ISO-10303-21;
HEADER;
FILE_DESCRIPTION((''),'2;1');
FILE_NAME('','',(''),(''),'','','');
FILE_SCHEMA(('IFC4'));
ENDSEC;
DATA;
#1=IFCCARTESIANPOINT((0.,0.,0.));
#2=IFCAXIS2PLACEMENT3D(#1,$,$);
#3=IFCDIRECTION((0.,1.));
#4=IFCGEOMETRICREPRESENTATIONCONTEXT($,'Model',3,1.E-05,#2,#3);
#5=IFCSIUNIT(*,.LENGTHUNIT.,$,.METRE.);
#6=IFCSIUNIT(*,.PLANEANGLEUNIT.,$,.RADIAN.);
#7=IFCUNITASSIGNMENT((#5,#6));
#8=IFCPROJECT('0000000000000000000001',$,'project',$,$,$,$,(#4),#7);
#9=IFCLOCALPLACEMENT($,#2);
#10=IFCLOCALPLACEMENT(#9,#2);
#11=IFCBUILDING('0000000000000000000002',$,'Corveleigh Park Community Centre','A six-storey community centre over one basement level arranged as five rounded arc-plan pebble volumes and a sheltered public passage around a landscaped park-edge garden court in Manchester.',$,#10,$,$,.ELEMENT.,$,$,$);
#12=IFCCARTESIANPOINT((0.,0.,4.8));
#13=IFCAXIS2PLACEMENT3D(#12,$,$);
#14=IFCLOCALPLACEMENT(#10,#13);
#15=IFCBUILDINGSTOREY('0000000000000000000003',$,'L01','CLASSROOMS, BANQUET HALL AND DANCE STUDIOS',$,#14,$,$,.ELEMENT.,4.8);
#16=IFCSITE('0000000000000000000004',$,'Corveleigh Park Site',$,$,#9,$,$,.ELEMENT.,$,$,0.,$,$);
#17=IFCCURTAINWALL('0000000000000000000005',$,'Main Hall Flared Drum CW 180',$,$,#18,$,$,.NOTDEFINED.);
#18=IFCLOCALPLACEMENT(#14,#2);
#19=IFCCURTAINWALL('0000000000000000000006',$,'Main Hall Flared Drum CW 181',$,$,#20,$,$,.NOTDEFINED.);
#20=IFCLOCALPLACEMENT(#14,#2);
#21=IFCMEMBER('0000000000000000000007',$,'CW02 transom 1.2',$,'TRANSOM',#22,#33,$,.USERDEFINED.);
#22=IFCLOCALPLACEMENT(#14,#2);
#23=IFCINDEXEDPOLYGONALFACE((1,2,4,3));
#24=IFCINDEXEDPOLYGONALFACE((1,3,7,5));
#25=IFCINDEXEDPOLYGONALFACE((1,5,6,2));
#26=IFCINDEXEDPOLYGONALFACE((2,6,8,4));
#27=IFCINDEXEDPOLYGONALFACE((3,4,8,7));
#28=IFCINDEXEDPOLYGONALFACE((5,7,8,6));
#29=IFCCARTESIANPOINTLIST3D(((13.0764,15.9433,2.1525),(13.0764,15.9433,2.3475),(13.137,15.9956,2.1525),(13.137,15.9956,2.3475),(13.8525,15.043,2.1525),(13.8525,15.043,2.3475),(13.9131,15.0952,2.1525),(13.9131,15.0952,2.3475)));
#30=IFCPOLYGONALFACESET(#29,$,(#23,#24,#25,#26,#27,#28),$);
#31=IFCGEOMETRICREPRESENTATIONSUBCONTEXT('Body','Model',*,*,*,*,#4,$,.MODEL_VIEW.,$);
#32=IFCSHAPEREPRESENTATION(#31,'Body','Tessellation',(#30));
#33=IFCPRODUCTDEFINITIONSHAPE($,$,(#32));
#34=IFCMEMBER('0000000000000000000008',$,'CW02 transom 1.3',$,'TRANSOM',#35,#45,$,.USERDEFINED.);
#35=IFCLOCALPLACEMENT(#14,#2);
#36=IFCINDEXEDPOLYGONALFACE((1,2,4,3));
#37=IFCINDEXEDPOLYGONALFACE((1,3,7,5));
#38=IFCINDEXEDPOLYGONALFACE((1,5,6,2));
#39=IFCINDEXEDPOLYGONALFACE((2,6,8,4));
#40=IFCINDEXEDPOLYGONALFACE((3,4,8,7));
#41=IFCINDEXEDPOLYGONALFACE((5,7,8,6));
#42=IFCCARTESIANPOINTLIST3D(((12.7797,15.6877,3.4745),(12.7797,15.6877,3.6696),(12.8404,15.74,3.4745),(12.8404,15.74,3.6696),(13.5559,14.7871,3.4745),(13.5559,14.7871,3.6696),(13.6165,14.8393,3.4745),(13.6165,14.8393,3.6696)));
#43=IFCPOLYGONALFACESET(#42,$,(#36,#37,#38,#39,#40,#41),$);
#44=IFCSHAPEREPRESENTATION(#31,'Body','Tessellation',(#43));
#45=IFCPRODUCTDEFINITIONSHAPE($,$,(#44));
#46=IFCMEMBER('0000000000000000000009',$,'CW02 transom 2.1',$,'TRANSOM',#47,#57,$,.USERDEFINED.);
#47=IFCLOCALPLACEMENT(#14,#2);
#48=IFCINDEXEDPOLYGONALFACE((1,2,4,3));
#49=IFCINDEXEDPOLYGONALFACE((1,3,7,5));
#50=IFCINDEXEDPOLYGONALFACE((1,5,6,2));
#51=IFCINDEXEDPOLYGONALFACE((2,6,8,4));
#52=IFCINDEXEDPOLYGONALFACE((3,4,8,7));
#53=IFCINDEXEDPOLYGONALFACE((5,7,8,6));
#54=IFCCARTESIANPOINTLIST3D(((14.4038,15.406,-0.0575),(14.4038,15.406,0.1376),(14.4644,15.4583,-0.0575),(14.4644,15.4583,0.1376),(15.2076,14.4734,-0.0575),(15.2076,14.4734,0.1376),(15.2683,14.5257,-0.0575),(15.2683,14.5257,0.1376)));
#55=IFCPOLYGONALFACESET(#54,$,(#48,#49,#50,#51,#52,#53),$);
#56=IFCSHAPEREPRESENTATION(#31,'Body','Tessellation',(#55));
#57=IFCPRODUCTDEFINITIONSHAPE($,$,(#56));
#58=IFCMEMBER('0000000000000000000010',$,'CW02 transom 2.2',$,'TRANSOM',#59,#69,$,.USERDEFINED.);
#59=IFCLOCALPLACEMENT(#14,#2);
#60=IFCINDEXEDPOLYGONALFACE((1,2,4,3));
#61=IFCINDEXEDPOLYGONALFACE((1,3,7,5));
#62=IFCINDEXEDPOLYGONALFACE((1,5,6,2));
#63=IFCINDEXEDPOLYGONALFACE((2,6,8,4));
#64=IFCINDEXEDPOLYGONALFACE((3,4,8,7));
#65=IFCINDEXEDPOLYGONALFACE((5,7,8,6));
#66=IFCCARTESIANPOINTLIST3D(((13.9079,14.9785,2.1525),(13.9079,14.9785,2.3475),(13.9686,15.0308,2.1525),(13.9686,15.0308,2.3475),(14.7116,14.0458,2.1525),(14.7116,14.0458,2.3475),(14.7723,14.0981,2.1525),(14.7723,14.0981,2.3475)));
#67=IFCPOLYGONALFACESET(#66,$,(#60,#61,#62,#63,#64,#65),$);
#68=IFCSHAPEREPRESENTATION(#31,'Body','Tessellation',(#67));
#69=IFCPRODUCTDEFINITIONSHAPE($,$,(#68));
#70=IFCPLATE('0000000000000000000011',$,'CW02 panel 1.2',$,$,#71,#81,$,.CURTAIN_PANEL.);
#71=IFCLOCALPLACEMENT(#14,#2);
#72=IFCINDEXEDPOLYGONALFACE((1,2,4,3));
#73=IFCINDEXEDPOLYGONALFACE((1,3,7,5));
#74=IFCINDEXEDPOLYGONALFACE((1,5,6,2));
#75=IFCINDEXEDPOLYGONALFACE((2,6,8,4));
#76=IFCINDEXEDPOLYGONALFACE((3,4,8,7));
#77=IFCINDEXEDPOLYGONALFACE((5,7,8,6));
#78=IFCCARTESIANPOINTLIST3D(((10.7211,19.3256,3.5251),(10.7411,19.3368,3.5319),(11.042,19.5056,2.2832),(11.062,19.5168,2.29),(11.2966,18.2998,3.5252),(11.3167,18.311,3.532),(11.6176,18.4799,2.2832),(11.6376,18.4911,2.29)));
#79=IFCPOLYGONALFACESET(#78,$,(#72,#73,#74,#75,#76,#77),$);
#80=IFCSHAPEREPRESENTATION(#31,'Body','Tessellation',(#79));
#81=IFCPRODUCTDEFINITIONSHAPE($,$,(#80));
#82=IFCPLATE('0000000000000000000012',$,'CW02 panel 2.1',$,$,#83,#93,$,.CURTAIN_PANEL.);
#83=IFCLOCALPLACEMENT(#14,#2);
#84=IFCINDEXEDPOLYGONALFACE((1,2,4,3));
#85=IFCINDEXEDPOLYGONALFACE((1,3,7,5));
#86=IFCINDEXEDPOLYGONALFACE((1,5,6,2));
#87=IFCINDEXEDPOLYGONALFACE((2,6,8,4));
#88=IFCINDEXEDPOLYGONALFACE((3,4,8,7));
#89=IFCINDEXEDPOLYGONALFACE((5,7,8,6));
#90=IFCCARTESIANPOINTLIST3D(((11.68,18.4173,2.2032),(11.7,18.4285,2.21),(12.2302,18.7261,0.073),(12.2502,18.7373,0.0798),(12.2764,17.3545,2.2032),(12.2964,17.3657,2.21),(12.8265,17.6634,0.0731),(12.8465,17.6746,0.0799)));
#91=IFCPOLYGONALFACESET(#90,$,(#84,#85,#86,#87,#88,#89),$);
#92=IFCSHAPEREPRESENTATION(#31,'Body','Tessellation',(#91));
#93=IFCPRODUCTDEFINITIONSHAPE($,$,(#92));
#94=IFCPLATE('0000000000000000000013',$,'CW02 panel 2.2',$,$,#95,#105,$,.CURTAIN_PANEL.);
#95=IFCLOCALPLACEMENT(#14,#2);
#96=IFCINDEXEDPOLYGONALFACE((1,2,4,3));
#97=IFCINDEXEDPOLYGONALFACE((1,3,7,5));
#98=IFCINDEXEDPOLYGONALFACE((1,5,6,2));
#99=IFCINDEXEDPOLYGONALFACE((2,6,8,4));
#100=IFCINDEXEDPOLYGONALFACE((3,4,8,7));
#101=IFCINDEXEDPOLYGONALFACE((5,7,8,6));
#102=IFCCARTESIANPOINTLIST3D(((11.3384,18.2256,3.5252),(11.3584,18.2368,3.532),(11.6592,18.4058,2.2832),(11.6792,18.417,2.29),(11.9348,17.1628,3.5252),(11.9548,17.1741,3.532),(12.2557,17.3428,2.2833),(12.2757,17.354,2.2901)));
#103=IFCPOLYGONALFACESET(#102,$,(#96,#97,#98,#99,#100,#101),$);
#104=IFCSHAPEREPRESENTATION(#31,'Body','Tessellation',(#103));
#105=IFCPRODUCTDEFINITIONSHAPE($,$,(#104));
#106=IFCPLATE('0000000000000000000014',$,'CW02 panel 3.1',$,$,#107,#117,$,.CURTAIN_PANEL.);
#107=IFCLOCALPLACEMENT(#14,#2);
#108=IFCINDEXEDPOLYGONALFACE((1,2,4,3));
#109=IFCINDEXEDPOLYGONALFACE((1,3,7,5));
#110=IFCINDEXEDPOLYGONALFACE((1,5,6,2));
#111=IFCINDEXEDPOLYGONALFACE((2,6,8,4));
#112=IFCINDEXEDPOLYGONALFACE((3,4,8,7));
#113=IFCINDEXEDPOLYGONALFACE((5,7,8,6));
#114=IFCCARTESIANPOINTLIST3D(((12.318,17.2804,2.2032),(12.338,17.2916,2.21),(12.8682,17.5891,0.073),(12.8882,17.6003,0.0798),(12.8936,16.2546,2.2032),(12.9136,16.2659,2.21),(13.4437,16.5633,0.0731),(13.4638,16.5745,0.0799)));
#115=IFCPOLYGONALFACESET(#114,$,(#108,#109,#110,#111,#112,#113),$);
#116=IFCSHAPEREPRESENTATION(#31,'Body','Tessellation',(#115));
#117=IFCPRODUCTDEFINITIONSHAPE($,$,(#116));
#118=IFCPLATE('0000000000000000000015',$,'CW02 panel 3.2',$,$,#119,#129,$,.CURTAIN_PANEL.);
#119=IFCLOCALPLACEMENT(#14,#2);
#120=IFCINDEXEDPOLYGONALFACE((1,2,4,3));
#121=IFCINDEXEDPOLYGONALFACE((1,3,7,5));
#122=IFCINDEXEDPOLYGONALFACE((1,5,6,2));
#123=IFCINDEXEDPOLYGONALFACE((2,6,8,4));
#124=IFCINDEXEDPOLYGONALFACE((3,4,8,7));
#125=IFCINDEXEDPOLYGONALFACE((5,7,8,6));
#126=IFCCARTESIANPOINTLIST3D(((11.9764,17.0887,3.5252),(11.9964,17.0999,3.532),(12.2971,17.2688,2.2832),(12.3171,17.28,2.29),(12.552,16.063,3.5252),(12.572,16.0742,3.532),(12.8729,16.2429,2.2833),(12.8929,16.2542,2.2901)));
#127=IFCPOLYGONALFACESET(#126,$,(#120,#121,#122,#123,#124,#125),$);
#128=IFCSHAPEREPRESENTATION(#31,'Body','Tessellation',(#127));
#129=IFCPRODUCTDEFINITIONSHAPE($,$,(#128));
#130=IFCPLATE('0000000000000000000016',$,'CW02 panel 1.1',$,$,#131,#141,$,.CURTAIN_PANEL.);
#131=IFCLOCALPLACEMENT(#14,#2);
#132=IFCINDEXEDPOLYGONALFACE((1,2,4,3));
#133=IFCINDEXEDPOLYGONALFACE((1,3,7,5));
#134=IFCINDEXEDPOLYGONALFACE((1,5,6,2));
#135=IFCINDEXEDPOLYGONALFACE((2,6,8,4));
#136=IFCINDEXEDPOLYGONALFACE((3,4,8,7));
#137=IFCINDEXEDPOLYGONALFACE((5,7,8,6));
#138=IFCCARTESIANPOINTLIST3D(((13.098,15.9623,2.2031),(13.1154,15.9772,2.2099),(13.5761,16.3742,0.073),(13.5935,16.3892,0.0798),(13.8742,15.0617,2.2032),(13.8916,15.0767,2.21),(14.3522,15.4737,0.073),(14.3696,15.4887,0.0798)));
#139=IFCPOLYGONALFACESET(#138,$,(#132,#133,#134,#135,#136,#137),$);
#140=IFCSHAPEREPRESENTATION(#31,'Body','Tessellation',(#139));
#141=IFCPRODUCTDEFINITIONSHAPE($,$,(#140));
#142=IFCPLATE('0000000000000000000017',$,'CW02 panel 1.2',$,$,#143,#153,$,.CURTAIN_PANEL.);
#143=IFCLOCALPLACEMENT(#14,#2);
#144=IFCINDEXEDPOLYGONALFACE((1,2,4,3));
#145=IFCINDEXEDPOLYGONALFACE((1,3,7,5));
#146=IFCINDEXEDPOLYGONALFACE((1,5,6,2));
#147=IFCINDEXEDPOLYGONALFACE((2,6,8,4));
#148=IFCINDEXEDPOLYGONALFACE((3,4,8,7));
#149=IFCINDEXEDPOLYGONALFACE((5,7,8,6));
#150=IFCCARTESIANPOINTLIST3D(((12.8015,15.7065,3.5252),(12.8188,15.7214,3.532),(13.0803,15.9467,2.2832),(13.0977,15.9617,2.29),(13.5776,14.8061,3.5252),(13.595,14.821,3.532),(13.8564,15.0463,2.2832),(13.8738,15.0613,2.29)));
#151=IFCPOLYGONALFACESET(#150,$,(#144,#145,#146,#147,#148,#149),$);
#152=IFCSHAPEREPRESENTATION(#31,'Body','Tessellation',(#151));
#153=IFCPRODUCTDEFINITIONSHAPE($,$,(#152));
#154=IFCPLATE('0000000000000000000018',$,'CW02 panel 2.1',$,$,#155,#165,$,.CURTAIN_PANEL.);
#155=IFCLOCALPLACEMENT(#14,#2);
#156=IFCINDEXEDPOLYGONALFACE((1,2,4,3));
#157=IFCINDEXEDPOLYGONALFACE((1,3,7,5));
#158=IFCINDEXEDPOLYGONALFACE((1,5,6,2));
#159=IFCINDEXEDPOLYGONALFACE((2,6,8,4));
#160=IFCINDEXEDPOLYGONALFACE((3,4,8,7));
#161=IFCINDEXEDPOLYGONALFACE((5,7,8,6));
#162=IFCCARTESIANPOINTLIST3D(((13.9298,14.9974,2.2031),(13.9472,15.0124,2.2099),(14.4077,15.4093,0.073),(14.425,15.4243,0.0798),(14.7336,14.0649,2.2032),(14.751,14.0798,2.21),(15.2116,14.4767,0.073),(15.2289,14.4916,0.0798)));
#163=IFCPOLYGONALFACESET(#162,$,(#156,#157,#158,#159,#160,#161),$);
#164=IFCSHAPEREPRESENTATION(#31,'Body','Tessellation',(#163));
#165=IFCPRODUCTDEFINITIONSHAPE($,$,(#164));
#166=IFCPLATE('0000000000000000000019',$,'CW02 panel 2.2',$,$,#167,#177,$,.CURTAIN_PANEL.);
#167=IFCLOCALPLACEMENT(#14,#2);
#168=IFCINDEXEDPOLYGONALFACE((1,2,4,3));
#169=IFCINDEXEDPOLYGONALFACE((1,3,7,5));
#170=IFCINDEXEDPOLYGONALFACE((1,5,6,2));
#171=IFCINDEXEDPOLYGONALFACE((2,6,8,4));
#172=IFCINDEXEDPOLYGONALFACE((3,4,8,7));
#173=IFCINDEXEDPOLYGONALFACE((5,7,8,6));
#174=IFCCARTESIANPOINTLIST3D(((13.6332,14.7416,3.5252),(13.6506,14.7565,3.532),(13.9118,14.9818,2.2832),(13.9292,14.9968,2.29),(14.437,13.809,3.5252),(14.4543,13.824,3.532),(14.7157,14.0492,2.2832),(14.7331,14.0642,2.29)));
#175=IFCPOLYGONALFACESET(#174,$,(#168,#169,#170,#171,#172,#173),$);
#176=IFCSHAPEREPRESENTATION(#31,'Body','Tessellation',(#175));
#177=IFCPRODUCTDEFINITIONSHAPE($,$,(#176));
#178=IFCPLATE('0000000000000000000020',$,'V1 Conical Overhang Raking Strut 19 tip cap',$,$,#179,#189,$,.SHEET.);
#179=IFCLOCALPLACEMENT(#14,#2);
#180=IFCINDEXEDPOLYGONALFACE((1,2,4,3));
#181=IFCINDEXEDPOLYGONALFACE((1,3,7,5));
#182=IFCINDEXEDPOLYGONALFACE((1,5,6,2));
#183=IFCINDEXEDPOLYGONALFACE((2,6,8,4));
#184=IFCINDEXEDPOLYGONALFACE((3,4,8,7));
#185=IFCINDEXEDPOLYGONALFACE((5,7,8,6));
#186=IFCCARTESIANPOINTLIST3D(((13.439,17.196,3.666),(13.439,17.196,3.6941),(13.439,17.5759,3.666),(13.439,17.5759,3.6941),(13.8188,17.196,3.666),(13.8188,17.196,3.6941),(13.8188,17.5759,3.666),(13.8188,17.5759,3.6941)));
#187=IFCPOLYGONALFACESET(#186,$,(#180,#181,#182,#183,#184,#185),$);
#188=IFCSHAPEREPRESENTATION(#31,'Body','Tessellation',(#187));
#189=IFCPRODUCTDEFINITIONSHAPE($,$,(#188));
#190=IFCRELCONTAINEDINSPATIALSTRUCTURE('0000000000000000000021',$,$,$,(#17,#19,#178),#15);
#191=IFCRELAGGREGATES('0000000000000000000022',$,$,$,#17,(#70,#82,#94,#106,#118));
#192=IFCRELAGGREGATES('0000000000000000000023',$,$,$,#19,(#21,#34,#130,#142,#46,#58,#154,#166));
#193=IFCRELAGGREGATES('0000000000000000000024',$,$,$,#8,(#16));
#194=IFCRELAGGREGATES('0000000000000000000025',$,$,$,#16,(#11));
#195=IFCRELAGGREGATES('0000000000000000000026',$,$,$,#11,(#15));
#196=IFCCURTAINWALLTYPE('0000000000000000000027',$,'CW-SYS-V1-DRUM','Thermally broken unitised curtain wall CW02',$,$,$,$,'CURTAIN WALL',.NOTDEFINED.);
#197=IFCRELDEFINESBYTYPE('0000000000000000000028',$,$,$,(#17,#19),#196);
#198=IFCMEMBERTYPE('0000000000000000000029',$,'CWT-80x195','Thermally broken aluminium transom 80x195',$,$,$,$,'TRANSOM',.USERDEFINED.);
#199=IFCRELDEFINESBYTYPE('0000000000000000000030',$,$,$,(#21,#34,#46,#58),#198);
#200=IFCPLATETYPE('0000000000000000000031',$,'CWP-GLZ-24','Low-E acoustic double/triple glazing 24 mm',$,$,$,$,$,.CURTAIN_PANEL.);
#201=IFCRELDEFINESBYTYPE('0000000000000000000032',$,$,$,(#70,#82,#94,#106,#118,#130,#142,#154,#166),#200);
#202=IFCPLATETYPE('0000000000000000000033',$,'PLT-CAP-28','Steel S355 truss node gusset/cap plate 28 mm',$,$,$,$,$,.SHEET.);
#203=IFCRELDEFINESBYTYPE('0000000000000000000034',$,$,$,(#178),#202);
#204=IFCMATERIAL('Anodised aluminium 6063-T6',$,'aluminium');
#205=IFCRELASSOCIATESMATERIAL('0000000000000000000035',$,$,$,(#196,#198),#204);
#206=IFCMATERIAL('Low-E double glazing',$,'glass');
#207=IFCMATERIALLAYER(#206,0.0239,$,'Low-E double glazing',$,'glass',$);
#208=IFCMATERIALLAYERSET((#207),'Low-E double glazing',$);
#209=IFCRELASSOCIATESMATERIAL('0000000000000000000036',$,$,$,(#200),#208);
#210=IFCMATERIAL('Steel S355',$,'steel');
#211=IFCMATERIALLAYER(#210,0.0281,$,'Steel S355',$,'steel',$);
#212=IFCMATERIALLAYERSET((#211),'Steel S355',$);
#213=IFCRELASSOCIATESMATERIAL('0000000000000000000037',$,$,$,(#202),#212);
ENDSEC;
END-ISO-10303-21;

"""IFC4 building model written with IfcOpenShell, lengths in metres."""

from ifc_helpers import new_model, si_unit, direction, frame, origin, origin_2d, place, context, subcontext, project, spatial, polyline, rectangle, outline, extrude, material, layer, layer_set, material_profile, profile_set, type_object, element, aggregate, save


model = new_model("IFC4")

# Units and contexts
model_context = context("Model", 3, precision=1e-05, world=origin(), true_north=direction((0.0, 1.0)))
body_context = subcontext(model_context, "Body", "Model", "MODEL_VIEW")
ifc_project = project(units=[si_unit("LENGTHUNIT", "METRE"), si_unit("PLANEANGLEUNIT", "RADIAN")], contexts=[model_context])

# Site, building, storey
site_placement = place(None, origin())
site = spatial("IfcSite", under=ifc_project, at=site_placement, Name="Corveleigh Park Site", CompositionType="ELEMENT", RefElevation=0.0)
building_placement = place(site_placement, origin())
building = spatial("IfcBuilding", under=site, at=building_placement, Name="Corveleigh Park Community Centre", Description="A six-storey community centre over one basement level arranged as five rounded arc-plan pebble volumes and a sheltered public passage around a landscaped park-edge garden court in Manchester.", CompositionType="ELEMENT")
storey_placement = place(building_placement, frame((0.0, 0.0, 4.8)))
storey = spatial("IfcBuildingStorey", under=building, at=storey_placement, Name="L01", Description="CLASSROOMS, BANQUET HALL AND DANCE STUDIOS", CompositionType="ELEMENT", Elevation=4.8)

# Curtain walls
ifc_material_1 = material(Name="Anodised aluminium 6063-T6", Category="aluminium")
curtain_wall_type = type_object("IfcCurtainWallType", Name="CW-SYS-V1-DRUM", Description="Thermally broken unitised curtain wall CW02", ElementType="CURTAIN WALL", PredefinedType="NOTDEFINED", material=ifc_material_1)
curtain_wall_1_placement = place(storey_placement, origin())
curtain_wall_1 = element("IfcCurtainWall", 1, at=curtain_wall_1_placement, inside=storey, type_object=curtain_wall_type, Name="Main Hall Flared Drum CW 180", PredefinedType="NOTDEFINED")
curtain_wall_2_placement = place(storey_placement, origin())
curtain_wall_2 = element("IfcCurtainWall", 2, at=curtain_wall_2_placement, inside=storey, type_object=curtain_wall_type, Name="Main Hall Flared Drum CW 181", PredefinedType="NOTDEFINED")

# Members
ifc_material_profile_1 = material_profile(ifc_material_1, rectangle(XDim=0.0801, YDim=0.1951, at=origin_2d()), Name="ALU-T80x195", Category="aluminium")
ifc_profile_set_1 = profile_set([ifc_material_profile_1], Name="Anodised aluminium 6063-T6")
member_type_1 = type_object("IfcMemberType", Name="CWT-80x195", Description="Thermally broken aluminium transom 80x195", ElementType="TRANSOM", PredefinedType="USERDEFINED", material=ifc_profile_set_1)
member_1_placement = place(storey_placement, frame((13.1067, 15.9695, 2.25), z_axis=(0.652903, -0.757441, 0.0), x_axis=(0.757441, 0.652903, 0.0)))
member_1 = element("IfcMember", 3, at=member_1_placement, type_object=member_type_1, Name="CW02 transom 1.2", ObjectType="TRANSOM", PredefinedType="USERDEFINED", context=body_context, shape_type="SweptSolid", body=[
    extrude(rectangle(XDim=0.0801, YDim=0.1951, at=origin_2d()), origin(), (0.0, 0.0, 1.0), 1.1887),
])
member_2_placement = place(storey_placement, frame((12.8101, 15.7139, 3.572), z_axis=(0.652801, -0.757529, 0.0), x_axis=(0.757529, 0.652801, 0.0)))
member_2 = element("IfcMember", 4, at=member_2_placement, type_object=member_type_1, Name="CW02 transom 1.3", ObjectType="TRANSOM", PredefinedType="USERDEFINED", context=body_context, shape_type="SweptSolid", body=[
    extrude(rectangle(XDim=0.0801, YDim=0.1951, at=origin_2d()), origin(), (0.0, 0.0, 1.0), 1.189),
])
member_3_placement = place(storey_placement, frame((14.4341, 15.4321, 0.04), z_axis=(0.652928, -0.75742, 0.0), x_axis=(0.75742, 0.652928, 0.0)))
member_3 = element("IfcMember", 5, at=member_3_placement, type_object=member_type_1, Name="CW02 transom 2.1", ObjectType="TRANSOM", PredefinedType="USERDEFINED", context=body_context, shape_type="SweptSolid", body=[
    extrude(rectangle(XDim=0.0801, YDim=0.1951, at=origin_2d()), origin(), (0.0, 0.0, 1.0), 1.2312),
])
member_4_placement = place(storey_placement, frame((13.9382, 15.0046, 2.25), z_axis=(0.652814, -0.757518, 0.0), x_axis=(0.757518, 0.652814, 0.0)))
member_4 = element("IfcMember", 6, at=member_4_placement, type_object=member_type_1, Name="CW02 transom 2.2", ObjectType="TRANSOM", PredefinedType="USERDEFINED", context=body_context, shape_type="SweptSolid", body=[
    extrude(rectangle(XDim=0.0801, YDim=0.1951, at=origin_2d()), origin(), (0.0, 0.0, 1.0), 1.2312),
])

# Plates
ifc_material_2 = material(Name="Low-E double glazing", Category="glass")
ifc_layer_1 = layer(ifc_material_2, 0.0239, Name="Low-E double glazing", Category="glass")
ifc_layer_set_1 = layer_set([ifc_layer_1], Name="Low-E double glazing")
plate_type_1 = type_object("IfcPlateType", Name="CWP-GLZ-24", Description="Low-E acoustic double/triple glazing 24 mm", PredefinedType="CURTAIN_PANEL", material=ifc_layer_set_1)
plate_1_placement = place(storey_placement, frame((11.062, 19.5168, 2.29), z_axis=(0.836162, 0.469178, 0.284088), x_axis=(0.489349, -0.872088, -0.000038)))
plate_1 = element("IfcPlate", 7, at=plate_1_placement, type_object=plate_type_1, Name="CW02 panel 1.2", PredefinedType="CURTAIN_PANEL", context=body_context, shape_type="SweptSolid", body=[
    extrude(outline(polyline([(0.0, 0.0), (1.1762, 0.0), (1.1761, -1.2954), (-0.0001, -1.2953), (0.0, 0.0)])), origin(), (0.0, 0.0, -1.0), 0.0239),
])
plate_2_placement = place(storey_placement, frame((12.2502, 18.7373, 0.0798), z_axis=(0.836186, 0.46919, 0.283997), x_axis=(0.489332, -0.872097, 0.000024)))
plate_2 = element("IfcPlate", 8, at=plate_2_placement, type_object=plate_type_1, Name="CW02 panel 2.1", PredefinedType="CURTAIN_PANEL", context=body_context, shape_type="SweptSolid", body=[
    extrude(outline(polyline([(0.0, 0.0), (1.2186, 0.0), (1.2188, -2.2216), (0.0001, -2.2216), (0.0, 0.0)])), origin(), (0.0, 0.0, -1.0), 0.0239),
])
plate_3_placement = place(storey_placement, frame((11.6792, 18.417, 2.29), z_axis=(0.836164, 0.46922, 0.284012), x_axis=(0.489368, -0.872077, 0.000013)))
plate_3 = element("IfcPlate", 9, at=plate_3_placement, type_object=plate_type_1, Name="CW02 panel 2.2", PredefinedType="CURTAIN_PANEL", context=body_context, shape_type="SweptSolid", body=[
    extrude(outline(polyline([(0.0, 0.0), (1.2189, 0.0), (1.2188, -1.2953), (0.0002, -1.2953), (0.0, 0.0)])), origin(), (0.0, 0.0, -1.0), 0.0239),
])
plate_4_placement = place(storey_placement, frame((12.8882, 17.6003, 0.0798), z_axis=(0.836192, 0.469195, 0.283972), x_axis=(0.48933, -0.872099, 0.000038)))
plate_4 = element("IfcPlate", 10, at=plate_4_placement, type_object=plate_type_1, Name="CW02 panel 3.1", PredefinedType="CURTAIN_PANEL", context=body_context, shape_type="SweptSolid", body=[
    extrude(outline(polyline([(0.0, 0.0), (1.1762, 0.0), (1.1763, -2.2215), (0.0001, -2.2216), (0.0, 0.0)])), origin(), (0.0, 0.0, -1.0), 0.0239),
])
plate_5_placement = place(storey_placement, frame((12.3171, 17.28, 2.29), z_axis=(0.836139, 0.469265, 0.284012), x_axis=(0.489415, -0.872051, 0.000014)))
plate_5 = element("IfcPlate", 11, at=plate_5_placement, type_object=plate_type_1, Name="CW02 panel 3.2", PredefinedType="CURTAIN_PANEL", context=body_context, shape_type="SweptSolid", body=[
    extrude(outline(polyline([(0.0, 0.0), (1.1764, 0.0), (1.1763, -1.2953), (0.0001, -1.2953), (0.0, 0.0)])), origin(), (0.0, 0.0, -1.0), 0.0239),
])
aggregate(curtain_wall_1, [plate_1, plate_2, plate_3, plate_4, plate_5])
plate_6_placement = place(storey_placement, frame((13.5935, 16.3892, 0.0798), z_axis=(0.726283, 0.62596, 0.284054), x_axis=(0.652856, -0.757482, -0.000018)))
plate_6 = element("IfcPlate", 12, at=plate_6_placement, type_object=plate_type_1, Name="CW02 panel 1.1", PredefinedType="CURTAIN_PANEL", context=body_context, shape_type="SweptSolid", body=[
    extrude(outline(polyline([(0.0, 0.0), (1.1887, 0.0), (1.1888, -2.2217), (-0.0001, -2.2216), (0.0, 0.0)])), origin(), (0.0, 0.0, -1.0), 0.0239),
])
plate_7_placement = place(storey_placement, frame((13.0977, 15.9617, 2.29), z_axis=(0.726226, 0.625996, 0.284122), x_axis=(0.652903, -0.757441, 0.0)))
plate_7 = element("IfcPlate", 13, at=plate_7_placement, type_object=plate_type_1, Name="CW02 panel 1.2", PredefinedType="CURTAIN_PANEL", context=body_context, shape_type="SweptSolid", body=[
    extrude(outline(polyline([(0.0, 0.0), (1.1887, 0.0), (1.1887, -1.2953), (-0.0001, -1.2953), (0.0, 0.0)])), origin(), (0.0, 0.0, -1.0), 0.0239),
])
plate_8_placement = place(storey_placement, frame((14.425, 15.4243, 0.0798), z_axis=(0.726284, 0.625992, 0.283983), x_axis=(0.652876, -0.757465, -0.00002)))
plate_8 = element("IfcPlate", 14, at=plate_8_placement, type_object=plate_type_1, Name="CW02 panel 2.1", PredefinedType="CURTAIN_PANEL", context=body_context, shape_type="SweptSolid", body=[
    extrude(outline(polyline([(0.0, 0.0), (1.2313, 0.0), (1.2311, -2.2216), (0.0, -2.2216), (0.0, 0.0)])), origin(), (0.0, 0.0, -1.0), 0.0239),
])
plate_9_placement = place(storey_placement, frame((13.9292, 14.9968, 2.29), z_axis=(0.726267, 0.625978, 0.284057), x_axis=(0.652876, -0.757465, -0.00002)))
plate_9 = element("IfcPlate", 15, at=plate_9_placement, type_object=plate_type_1, Name="CW02 panel 2.2", PredefinedType="CURTAIN_PANEL", context=body_context, shape_type="SweptSolid", body=[
    extrude(outline(polyline([(0.0, 0.0), (1.2313, 0.0), (1.2312, -1.2953), (0.0001, -1.2953), (0.0, 0.0)])), origin(), (0.0, 0.0, -1.0), 0.0239),
])
aggregate(curtain_wall_2, [member_1, member_2, plate_6, plate_7, member_3, member_4, plate_8, plate_9])
ifc_material_3 = material(Name="Steel S355", Category="steel")
ifc_layer_2 = layer(ifc_material_3, 0.0281, Name="Steel S355", Category="steel")
ifc_layer_set_2 = layer_set([ifc_layer_2], Name="Steel S355")
plate_type_2 = type_object("IfcPlateType", Name="PLT-CAP-28", Description="Steel S355 truss node gusset/cap plate 28 mm", PredefinedType="SHEET", material=ifc_layer_set_2)
plate_10_placement = place(storey_placement, frame((13.6289, 17.386, 3.666), z_axis=(0.0, 0.0, 1.0), x_axis=(1.0, 0.0, 0.0)))
element("IfcPlate", 16, at=plate_10_placement, inside=storey, type_object=plate_type_2, Name="V1 Conical Overhang Raking Strut 19 tip cap", PredefinedType="SHEET", context=body_context, shape_type="SweptSolid", body=[
    extrude(rectangle(XDim=0.3799, YDim=0.3799, at=origin_2d()), origin(), (0.0, 0.0, 1.0), 0.0281),
])

save(model, "model.ifc")
